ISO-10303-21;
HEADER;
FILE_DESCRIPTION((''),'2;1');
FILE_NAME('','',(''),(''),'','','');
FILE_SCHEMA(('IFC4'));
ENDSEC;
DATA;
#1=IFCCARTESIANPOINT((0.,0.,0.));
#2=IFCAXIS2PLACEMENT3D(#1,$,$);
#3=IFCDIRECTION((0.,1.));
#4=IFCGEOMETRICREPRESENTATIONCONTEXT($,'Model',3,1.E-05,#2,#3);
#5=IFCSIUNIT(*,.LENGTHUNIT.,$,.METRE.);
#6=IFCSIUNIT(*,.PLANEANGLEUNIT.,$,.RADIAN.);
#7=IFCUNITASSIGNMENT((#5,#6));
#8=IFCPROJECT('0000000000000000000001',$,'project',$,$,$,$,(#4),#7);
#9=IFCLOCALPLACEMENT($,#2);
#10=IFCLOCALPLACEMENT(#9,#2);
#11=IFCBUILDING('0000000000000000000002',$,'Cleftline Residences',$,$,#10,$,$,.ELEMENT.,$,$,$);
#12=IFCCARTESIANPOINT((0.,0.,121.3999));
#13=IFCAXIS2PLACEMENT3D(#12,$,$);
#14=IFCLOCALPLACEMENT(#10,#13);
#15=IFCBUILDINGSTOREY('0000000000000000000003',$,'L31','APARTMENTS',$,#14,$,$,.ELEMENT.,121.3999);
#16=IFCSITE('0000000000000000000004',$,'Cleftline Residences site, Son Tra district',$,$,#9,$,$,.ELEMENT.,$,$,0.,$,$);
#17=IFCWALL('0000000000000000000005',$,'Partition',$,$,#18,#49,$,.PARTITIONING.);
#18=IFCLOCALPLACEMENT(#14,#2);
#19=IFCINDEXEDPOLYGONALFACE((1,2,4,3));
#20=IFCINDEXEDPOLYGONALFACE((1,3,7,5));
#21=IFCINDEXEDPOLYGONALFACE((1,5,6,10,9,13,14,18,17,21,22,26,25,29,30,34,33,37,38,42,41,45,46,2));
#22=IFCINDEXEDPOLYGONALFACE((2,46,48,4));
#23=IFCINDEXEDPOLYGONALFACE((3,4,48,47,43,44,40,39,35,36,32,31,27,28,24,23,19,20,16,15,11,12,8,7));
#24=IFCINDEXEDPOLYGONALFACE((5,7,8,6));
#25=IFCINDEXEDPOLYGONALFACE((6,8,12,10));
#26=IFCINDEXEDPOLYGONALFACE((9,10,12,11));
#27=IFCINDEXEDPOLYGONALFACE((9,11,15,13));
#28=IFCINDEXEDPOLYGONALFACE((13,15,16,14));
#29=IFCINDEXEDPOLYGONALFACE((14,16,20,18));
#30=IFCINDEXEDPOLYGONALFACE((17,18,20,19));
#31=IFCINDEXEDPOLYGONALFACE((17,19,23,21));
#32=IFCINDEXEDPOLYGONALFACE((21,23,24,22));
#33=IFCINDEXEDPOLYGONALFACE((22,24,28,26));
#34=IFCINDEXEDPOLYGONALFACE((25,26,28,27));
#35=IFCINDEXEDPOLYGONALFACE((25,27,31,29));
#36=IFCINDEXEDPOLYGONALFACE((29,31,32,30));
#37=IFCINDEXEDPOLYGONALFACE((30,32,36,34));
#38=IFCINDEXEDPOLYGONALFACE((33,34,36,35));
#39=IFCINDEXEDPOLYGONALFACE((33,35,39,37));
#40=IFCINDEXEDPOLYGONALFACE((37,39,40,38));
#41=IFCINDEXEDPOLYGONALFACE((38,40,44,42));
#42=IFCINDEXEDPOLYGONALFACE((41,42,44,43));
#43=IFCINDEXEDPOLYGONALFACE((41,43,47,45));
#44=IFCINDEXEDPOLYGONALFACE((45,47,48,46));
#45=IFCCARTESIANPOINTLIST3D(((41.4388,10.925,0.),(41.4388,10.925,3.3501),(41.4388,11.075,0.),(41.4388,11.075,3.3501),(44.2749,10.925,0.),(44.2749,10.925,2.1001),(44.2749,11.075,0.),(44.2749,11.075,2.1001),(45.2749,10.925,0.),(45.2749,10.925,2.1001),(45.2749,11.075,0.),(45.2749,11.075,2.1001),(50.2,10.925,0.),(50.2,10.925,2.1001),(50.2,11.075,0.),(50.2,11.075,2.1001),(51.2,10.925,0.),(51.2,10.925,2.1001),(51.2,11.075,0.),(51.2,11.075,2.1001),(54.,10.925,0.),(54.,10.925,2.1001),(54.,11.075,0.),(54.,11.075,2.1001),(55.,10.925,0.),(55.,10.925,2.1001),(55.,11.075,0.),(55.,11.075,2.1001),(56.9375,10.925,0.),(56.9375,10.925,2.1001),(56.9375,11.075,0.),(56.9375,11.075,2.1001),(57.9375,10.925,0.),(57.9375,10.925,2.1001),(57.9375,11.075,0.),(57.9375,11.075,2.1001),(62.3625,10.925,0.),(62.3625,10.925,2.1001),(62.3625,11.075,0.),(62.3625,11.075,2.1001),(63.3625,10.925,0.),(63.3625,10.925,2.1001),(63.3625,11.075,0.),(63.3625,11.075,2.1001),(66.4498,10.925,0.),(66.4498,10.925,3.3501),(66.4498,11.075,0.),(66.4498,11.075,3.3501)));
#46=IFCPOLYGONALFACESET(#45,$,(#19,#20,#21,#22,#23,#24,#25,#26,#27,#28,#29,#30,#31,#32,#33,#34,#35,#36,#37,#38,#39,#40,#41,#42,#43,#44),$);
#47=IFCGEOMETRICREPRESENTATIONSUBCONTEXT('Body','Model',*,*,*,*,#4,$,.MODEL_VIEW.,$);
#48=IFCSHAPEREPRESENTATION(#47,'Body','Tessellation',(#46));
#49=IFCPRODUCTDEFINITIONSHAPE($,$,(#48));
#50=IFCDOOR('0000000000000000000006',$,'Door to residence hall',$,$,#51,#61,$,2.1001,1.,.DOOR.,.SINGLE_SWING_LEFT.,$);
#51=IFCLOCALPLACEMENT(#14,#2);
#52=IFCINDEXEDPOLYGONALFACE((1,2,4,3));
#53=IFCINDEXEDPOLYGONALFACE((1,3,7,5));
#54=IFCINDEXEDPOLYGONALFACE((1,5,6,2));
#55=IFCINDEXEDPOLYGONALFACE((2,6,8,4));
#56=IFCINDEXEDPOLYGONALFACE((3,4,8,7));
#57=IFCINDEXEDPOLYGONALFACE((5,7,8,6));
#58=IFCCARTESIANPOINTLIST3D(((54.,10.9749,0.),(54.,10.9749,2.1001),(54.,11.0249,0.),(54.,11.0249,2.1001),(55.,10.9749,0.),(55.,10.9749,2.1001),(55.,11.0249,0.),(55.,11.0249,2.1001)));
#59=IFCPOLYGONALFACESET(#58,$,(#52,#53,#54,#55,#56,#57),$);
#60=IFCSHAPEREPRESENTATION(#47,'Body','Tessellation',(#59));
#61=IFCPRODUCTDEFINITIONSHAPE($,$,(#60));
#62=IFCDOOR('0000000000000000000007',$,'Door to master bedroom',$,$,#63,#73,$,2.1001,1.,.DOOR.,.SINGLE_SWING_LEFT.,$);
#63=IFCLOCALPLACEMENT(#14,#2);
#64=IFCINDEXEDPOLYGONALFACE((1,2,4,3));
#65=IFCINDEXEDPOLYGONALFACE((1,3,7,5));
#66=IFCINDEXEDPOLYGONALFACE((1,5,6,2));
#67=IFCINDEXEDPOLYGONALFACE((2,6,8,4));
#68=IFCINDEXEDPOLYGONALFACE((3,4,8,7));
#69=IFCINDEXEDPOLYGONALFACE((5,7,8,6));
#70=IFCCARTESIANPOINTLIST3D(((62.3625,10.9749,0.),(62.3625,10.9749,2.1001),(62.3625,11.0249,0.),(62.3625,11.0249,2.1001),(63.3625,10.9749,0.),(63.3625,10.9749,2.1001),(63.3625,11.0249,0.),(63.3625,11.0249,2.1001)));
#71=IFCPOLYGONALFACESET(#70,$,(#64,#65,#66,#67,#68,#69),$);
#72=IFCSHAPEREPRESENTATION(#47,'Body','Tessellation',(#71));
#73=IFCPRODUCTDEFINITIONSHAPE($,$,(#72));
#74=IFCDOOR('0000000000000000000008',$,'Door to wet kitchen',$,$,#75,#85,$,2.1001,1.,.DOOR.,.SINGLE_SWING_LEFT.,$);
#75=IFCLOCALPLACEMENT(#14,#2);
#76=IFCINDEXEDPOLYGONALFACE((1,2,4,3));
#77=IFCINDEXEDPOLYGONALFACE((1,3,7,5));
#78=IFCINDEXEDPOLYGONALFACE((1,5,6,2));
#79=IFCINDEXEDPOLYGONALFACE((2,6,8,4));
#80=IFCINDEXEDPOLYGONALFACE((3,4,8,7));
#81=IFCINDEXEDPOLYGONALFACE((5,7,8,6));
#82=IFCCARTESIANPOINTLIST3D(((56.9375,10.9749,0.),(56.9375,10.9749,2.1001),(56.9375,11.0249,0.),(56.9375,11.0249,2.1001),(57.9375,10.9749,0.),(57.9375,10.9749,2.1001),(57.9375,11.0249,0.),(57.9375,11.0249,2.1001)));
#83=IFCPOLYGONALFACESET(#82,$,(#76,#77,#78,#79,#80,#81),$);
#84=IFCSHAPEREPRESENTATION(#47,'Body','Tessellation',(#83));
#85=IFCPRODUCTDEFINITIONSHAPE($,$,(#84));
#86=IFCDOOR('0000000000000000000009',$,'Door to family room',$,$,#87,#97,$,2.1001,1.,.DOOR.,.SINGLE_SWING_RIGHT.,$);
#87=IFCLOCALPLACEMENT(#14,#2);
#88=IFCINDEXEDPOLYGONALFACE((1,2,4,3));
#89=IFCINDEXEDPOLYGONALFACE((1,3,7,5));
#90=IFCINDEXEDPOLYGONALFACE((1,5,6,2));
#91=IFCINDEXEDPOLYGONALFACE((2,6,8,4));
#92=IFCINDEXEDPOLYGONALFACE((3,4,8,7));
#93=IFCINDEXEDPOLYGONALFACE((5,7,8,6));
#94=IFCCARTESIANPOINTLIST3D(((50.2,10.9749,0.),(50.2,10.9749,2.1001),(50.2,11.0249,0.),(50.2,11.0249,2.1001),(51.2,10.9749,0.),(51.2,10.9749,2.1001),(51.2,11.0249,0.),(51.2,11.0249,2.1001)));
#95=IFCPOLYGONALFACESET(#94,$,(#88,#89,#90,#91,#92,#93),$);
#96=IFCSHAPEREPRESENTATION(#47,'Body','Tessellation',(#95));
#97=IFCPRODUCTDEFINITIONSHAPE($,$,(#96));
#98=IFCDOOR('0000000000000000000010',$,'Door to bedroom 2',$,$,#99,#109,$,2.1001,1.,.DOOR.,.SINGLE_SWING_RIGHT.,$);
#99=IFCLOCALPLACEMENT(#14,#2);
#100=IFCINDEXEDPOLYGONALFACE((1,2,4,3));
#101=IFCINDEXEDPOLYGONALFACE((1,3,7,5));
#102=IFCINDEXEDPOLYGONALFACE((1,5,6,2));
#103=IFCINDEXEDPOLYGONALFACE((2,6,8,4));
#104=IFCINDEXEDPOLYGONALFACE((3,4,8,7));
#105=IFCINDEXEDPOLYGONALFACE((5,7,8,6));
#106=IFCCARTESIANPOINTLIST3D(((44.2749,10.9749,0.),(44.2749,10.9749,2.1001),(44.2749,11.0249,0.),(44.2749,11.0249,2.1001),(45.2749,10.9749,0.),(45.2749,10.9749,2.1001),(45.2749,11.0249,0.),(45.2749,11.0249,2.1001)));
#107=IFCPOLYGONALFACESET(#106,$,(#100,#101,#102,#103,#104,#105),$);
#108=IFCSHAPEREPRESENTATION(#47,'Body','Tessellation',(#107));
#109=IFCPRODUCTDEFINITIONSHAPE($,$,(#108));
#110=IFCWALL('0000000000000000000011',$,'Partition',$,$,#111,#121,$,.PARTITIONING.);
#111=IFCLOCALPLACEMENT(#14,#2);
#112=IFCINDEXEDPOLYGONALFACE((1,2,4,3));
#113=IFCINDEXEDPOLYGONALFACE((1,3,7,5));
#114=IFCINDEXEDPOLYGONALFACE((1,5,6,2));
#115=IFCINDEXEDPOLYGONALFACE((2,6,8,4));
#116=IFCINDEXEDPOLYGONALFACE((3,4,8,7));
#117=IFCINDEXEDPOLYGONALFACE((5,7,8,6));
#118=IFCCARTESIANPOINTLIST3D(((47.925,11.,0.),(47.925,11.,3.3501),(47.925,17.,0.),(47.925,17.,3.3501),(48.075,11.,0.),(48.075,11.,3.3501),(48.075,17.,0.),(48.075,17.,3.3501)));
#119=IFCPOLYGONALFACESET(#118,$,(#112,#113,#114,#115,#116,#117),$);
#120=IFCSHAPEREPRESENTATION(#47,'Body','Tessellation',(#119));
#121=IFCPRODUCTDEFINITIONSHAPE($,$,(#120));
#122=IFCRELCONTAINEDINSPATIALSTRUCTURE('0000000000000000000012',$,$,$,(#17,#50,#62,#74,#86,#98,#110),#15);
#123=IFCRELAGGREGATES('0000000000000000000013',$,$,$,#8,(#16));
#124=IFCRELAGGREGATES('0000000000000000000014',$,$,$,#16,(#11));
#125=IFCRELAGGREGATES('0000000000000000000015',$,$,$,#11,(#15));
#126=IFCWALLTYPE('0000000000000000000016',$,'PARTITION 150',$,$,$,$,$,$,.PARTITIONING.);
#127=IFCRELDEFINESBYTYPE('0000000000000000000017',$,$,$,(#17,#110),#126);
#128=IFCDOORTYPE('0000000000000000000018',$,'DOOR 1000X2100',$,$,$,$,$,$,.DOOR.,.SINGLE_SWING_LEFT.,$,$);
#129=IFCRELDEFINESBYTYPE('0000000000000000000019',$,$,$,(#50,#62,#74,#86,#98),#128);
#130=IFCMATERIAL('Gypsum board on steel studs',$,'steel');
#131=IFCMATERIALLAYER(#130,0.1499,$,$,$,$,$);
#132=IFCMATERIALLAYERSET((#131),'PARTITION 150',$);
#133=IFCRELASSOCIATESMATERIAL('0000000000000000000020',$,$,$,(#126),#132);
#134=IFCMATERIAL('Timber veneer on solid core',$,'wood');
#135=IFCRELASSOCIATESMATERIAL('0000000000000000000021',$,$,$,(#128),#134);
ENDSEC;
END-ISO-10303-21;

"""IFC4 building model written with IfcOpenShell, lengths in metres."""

from ifc_helpers import new_model, si_unit, direction, frame, frame_2d, origin, place, context, subcontext, project, spatial, rectangle, extrude, material, layer, layer_set, type_object, element, fill, save


model = new_model("IFC4")

# Units and contexts
model_context = context("Model", 3, precision=1e-05, world=origin(), true_north=direction((0.0, 1.0)))
body_context = subcontext(model_context, "Body", "Model", "MODEL_VIEW")
ifc_project = project(units=[si_unit("LENGTHUNIT", "METRE"), si_unit("PLANEANGLEUNIT", "RADIAN")], contexts=[model_context])

# Site, building, storey
site_placement = place(None, origin())
site = spatial("IfcSite", under=ifc_project, at=site_placement, Name="Cleftline Residences site, Son Tra district", CompositionType="ELEMENT", RefElevation=0.0)
building_placement = place(site_placement, origin())
building = spatial("IfcBuilding", under=site, at=building_placement, Name="Cleftline Residences", CompositionType="ELEMENT")
storey_placement = place(building_placement, frame((0.0, 0.0, 121.3999)))
storey = spatial("IfcBuildingStorey", under=building, at=storey_placement, Name="L31", Description="APARTMENTS", CompositionType="ELEMENT", Elevation=121.3999)

# Wall, openings, doors
ifc_material_1 = material(Name="Gypsum board on steel studs", Category="steel")
ifc_layer_1 = layer(ifc_material_1, 0.1499)
ifc_layer_set_1 = layer_set([ifc_layer_1], Name="PARTITION 150")
wall_type = type_object("IfcWallType", Name="PARTITION 150", PredefinedType="PARTITIONING", material=ifc_layer_set_1)
ifc_material_2 = material(Name="Timber veneer on solid core", Category="wood")
door_type = type_object("IfcDoorType", Name="DOOR 1000X2100", OperationType="SINGLE_SWING_LEFT", PredefinedType="DOOR", material=ifc_material_2)
wall_1_placement = place(storey_placement, frame((41.439, 11.0, 0.0), z_axis=(0.0, 0.0, 1.0), x_axis=(1.0, 0.0, 0.0)))
wall_1 = element("IfcWall", 1, at=wall_1_placement, inside=storey, type_object=wall_type, Name="Partition", PredefinedType="PARTITIONING", context=body_context, shape_type="SweptSolid", body=[
    extrude(rectangle(XDim=25.011, YDim=0.1499, at=frame_2d((12.5054, 0.0))), origin(), (0.0, 0.0, 1.0), 3.3501),
])
opening_1_placement = place(wall_1_placement, frame((12.561, 0.0, 0.0)))
opening_1 = element("IfcOpeningElement", 2, at=opening_1_placement, cuts=wall_1, PredefinedType="OPENING", context=body_context, shape_type="SweptSolid", body=[
    extrude(rectangle(XDim=1.0, YDim=2.1001, at=frame_2d((0.5, 1.05))), frame((0.0, 0.085, 0.0), z_axis=(0.0, -1.0, 0.0), x_axis=(1.0, 0.0, 0.0)), (0.0, 0.0, 1.0), 0.1699),
])
opening_2_placement = place(wall_1_placement, frame((20.9236, 0.0, 0.0)))
opening_2 = element("IfcOpeningElement", 3, at=opening_2_placement, cuts=wall_1, PredefinedType="OPENING", context=body_context, shape_type="SweptSolid", body=[
    extrude(rectangle(XDim=1.0, YDim=2.1001, at=frame_2d((0.5, 1.05))), frame((0.0, 0.085, 0.0), z_axis=(0.0, -1.0, 0.0), x_axis=(1.0, 0.0, 0.0)), (0.0, 0.0, 1.0), 0.1699),
])
opening_3_placement = place(wall_1_placement, frame((15.4985, 0.0, 0.0)))
opening_3 = element("IfcOpeningElement", 4, at=opening_3_placement, cuts=wall_1, PredefinedType="OPENING", context=body_context, shape_type="SweptSolid", body=[
    extrude(rectangle(XDim=1.0, YDim=2.1001, at=frame_2d((0.5, 1.05))), frame((0.0, 0.085, 0.0), z_axis=(0.0, -1.0, 0.0), x_axis=(1.0, 0.0, 0.0)), (0.0, 0.0, 1.0), 0.1699),
])
opening_4_placement = place(wall_1_placement, frame((8.761, 0.0, 0.0)))
opening_4 = element("IfcOpeningElement", 5, at=opening_4_placement, cuts=wall_1, PredefinedType="OPENING", context=body_context, shape_type="SweptSolid", body=[
    extrude(rectangle(XDim=1.0, YDim=2.1001, at=frame_2d((0.5, 1.05))), frame((0.0, 0.085, 0.0), z_axis=(0.0, -1.0, 0.0), x_axis=(1.0, 0.0, 0.0)), (0.0, 0.0, 1.0), 0.1699),
])
opening_5_placement = place(wall_1_placement, frame((2.8359, 0.0, 0.0)))
opening_5 = element("IfcOpeningElement", 6, at=opening_5_placement, cuts=wall_1, PredefinedType="OPENING", context=body_context, shape_type="SweptSolid", body=[
    extrude(rectangle(XDim=1.0, YDim=2.1001, at=frame_2d((0.5, 1.05))), frame((0.0, 0.085, 0.0), z_axis=(0.0, -1.0, 0.0), x_axis=(1.0, 0.0, 0.0)), (0.0, 0.0, 1.0), 0.1699),
])
door_1_placement = place(opening_1_placement, origin())
door_1 = element("IfcDoor", 7, at=door_1_placement, inside=storey, type_object=door_type, Name="Door to residence hall", OperationType="SINGLE_SWING_LEFT", OverallHeight=2.1001, OverallWidth=1.0, PredefinedType="DOOR", context=body_context, shape_type="SweptSolid", body=[
    extrude(rectangle(XDim=1.0, YDim=2.1001, at=frame_2d((0.5, 1.05))), frame((0.0, 0.0249, 0.0), z_axis=(0.0, -1.0, 0.0), x_axis=(1.0, 0.0, 0.0)), (0.0, 0.0, 1.0), 0.05),
])
fill(opening_1, door_1)
door_2_placement = place(opening_2_placement, origin())
door_2 = element("IfcDoor", 8, at=door_2_placement, inside=storey, type_object=door_type, Name="Door to master bedroom", OperationType="SINGLE_SWING_LEFT", OverallHeight=2.1001, OverallWidth=1.0, PredefinedType="DOOR", context=body_context, shape_type="SweptSolid", body=[
    extrude(rectangle(XDim=1.0, YDim=2.1001, at=frame_2d((0.5, 1.05))), frame((0.0, 0.0249, 0.0), z_axis=(0.0, -1.0, 0.0), x_axis=(1.0, 0.0, 0.0)), (0.0, 0.0, 1.0), 0.05),
])
fill(opening_2, door_2)
door_3_placement = place(opening_3_placement, origin())
door_3 = element("IfcDoor", 9, at=door_3_placement, inside=storey, type_object=door_type, Name="Door to wet kitchen", OperationType="SINGLE_SWING_LEFT", OverallHeight=2.1001, OverallWidth=1.0, PredefinedType="DOOR", context=body_context, shape_type="SweptSolid", body=[
    extrude(rectangle(XDim=1.0, YDim=2.1001, at=frame_2d((0.5, 1.05))), frame((0.0, 0.0249, 0.0), z_axis=(0.0, -1.0, 0.0), x_axis=(1.0, 0.0, 0.0)), (0.0, 0.0, 1.0), 0.05),
])
fill(opening_3, door_3)
door_4_placement = place(opening_4_placement, origin())
door_4 = element("IfcDoor", 10, at=door_4_placement, inside=storey, type_object=door_type, Name="Door to family room", OperationType="SINGLE_SWING_RIGHT", OverallHeight=2.1001, OverallWidth=1.0, PredefinedType="DOOR", context=body_context, shape_type="SweptSolid", body=[
    extrude(rectangle(XDim=1.0, YDim=2.1001, at=frame_2d((0.5, 1.05))), frame((0.0, 0.0249, 0.0), z_axis=(0.0, -1.0, 0.0), x_axis=(1.0, 0.0, 0.0)), (0.0, 0.0, 1.0), 0.05),
])
fill(opening_4, door_4)
door_5_placement = place(opening_5_placement, origin())
door_5 = element("IfcDoor", 11, at=door_5_placement, inside=storey, type_object=door_type, Name="Door to bedroom 2", OperationType="SINGLE_SWING_RIGHT", OverallHeight=2.1001, OverallWidth=1.0, PredefinedType="DOOR", context=body_context, shape_type="SweptSolid", body=[
    extrude(rectangle(XDim=1.0, YDim=2.1001, at=frame_2d((0.5, 1.05))), frame((0.0, 0.0249, 0.0), z_axis=(0.0, -1.0, 0.0), x_axis=(1.0, 0.0, 0.0)), (0.0, 0.0, 1.0), 0.05),
])
fill(opening_5, door_5)

# Wall
wall_2_placement = place(storey_placement, frame((48.0, 11.0, 0.0), z_axis=(0.0, 0.0, 1.0), x_axis=(0.0, 1.0, 0.0)))
element("IfcWall", 12, at=wall_2_placement, inside=storey, type_object=wall_type, Name="Partition", PredefinedType="PARTITIONING", context=body_context, shape_type="SweptSolid", body=[
    extrude(rectangle(XDim=6.0, YDim=0.1499, at=frame_2d((3.0, 0.0))), origin(), (0.0, 0.0, 1.0), 3.3501),
])

save(model, "model.ifc")
